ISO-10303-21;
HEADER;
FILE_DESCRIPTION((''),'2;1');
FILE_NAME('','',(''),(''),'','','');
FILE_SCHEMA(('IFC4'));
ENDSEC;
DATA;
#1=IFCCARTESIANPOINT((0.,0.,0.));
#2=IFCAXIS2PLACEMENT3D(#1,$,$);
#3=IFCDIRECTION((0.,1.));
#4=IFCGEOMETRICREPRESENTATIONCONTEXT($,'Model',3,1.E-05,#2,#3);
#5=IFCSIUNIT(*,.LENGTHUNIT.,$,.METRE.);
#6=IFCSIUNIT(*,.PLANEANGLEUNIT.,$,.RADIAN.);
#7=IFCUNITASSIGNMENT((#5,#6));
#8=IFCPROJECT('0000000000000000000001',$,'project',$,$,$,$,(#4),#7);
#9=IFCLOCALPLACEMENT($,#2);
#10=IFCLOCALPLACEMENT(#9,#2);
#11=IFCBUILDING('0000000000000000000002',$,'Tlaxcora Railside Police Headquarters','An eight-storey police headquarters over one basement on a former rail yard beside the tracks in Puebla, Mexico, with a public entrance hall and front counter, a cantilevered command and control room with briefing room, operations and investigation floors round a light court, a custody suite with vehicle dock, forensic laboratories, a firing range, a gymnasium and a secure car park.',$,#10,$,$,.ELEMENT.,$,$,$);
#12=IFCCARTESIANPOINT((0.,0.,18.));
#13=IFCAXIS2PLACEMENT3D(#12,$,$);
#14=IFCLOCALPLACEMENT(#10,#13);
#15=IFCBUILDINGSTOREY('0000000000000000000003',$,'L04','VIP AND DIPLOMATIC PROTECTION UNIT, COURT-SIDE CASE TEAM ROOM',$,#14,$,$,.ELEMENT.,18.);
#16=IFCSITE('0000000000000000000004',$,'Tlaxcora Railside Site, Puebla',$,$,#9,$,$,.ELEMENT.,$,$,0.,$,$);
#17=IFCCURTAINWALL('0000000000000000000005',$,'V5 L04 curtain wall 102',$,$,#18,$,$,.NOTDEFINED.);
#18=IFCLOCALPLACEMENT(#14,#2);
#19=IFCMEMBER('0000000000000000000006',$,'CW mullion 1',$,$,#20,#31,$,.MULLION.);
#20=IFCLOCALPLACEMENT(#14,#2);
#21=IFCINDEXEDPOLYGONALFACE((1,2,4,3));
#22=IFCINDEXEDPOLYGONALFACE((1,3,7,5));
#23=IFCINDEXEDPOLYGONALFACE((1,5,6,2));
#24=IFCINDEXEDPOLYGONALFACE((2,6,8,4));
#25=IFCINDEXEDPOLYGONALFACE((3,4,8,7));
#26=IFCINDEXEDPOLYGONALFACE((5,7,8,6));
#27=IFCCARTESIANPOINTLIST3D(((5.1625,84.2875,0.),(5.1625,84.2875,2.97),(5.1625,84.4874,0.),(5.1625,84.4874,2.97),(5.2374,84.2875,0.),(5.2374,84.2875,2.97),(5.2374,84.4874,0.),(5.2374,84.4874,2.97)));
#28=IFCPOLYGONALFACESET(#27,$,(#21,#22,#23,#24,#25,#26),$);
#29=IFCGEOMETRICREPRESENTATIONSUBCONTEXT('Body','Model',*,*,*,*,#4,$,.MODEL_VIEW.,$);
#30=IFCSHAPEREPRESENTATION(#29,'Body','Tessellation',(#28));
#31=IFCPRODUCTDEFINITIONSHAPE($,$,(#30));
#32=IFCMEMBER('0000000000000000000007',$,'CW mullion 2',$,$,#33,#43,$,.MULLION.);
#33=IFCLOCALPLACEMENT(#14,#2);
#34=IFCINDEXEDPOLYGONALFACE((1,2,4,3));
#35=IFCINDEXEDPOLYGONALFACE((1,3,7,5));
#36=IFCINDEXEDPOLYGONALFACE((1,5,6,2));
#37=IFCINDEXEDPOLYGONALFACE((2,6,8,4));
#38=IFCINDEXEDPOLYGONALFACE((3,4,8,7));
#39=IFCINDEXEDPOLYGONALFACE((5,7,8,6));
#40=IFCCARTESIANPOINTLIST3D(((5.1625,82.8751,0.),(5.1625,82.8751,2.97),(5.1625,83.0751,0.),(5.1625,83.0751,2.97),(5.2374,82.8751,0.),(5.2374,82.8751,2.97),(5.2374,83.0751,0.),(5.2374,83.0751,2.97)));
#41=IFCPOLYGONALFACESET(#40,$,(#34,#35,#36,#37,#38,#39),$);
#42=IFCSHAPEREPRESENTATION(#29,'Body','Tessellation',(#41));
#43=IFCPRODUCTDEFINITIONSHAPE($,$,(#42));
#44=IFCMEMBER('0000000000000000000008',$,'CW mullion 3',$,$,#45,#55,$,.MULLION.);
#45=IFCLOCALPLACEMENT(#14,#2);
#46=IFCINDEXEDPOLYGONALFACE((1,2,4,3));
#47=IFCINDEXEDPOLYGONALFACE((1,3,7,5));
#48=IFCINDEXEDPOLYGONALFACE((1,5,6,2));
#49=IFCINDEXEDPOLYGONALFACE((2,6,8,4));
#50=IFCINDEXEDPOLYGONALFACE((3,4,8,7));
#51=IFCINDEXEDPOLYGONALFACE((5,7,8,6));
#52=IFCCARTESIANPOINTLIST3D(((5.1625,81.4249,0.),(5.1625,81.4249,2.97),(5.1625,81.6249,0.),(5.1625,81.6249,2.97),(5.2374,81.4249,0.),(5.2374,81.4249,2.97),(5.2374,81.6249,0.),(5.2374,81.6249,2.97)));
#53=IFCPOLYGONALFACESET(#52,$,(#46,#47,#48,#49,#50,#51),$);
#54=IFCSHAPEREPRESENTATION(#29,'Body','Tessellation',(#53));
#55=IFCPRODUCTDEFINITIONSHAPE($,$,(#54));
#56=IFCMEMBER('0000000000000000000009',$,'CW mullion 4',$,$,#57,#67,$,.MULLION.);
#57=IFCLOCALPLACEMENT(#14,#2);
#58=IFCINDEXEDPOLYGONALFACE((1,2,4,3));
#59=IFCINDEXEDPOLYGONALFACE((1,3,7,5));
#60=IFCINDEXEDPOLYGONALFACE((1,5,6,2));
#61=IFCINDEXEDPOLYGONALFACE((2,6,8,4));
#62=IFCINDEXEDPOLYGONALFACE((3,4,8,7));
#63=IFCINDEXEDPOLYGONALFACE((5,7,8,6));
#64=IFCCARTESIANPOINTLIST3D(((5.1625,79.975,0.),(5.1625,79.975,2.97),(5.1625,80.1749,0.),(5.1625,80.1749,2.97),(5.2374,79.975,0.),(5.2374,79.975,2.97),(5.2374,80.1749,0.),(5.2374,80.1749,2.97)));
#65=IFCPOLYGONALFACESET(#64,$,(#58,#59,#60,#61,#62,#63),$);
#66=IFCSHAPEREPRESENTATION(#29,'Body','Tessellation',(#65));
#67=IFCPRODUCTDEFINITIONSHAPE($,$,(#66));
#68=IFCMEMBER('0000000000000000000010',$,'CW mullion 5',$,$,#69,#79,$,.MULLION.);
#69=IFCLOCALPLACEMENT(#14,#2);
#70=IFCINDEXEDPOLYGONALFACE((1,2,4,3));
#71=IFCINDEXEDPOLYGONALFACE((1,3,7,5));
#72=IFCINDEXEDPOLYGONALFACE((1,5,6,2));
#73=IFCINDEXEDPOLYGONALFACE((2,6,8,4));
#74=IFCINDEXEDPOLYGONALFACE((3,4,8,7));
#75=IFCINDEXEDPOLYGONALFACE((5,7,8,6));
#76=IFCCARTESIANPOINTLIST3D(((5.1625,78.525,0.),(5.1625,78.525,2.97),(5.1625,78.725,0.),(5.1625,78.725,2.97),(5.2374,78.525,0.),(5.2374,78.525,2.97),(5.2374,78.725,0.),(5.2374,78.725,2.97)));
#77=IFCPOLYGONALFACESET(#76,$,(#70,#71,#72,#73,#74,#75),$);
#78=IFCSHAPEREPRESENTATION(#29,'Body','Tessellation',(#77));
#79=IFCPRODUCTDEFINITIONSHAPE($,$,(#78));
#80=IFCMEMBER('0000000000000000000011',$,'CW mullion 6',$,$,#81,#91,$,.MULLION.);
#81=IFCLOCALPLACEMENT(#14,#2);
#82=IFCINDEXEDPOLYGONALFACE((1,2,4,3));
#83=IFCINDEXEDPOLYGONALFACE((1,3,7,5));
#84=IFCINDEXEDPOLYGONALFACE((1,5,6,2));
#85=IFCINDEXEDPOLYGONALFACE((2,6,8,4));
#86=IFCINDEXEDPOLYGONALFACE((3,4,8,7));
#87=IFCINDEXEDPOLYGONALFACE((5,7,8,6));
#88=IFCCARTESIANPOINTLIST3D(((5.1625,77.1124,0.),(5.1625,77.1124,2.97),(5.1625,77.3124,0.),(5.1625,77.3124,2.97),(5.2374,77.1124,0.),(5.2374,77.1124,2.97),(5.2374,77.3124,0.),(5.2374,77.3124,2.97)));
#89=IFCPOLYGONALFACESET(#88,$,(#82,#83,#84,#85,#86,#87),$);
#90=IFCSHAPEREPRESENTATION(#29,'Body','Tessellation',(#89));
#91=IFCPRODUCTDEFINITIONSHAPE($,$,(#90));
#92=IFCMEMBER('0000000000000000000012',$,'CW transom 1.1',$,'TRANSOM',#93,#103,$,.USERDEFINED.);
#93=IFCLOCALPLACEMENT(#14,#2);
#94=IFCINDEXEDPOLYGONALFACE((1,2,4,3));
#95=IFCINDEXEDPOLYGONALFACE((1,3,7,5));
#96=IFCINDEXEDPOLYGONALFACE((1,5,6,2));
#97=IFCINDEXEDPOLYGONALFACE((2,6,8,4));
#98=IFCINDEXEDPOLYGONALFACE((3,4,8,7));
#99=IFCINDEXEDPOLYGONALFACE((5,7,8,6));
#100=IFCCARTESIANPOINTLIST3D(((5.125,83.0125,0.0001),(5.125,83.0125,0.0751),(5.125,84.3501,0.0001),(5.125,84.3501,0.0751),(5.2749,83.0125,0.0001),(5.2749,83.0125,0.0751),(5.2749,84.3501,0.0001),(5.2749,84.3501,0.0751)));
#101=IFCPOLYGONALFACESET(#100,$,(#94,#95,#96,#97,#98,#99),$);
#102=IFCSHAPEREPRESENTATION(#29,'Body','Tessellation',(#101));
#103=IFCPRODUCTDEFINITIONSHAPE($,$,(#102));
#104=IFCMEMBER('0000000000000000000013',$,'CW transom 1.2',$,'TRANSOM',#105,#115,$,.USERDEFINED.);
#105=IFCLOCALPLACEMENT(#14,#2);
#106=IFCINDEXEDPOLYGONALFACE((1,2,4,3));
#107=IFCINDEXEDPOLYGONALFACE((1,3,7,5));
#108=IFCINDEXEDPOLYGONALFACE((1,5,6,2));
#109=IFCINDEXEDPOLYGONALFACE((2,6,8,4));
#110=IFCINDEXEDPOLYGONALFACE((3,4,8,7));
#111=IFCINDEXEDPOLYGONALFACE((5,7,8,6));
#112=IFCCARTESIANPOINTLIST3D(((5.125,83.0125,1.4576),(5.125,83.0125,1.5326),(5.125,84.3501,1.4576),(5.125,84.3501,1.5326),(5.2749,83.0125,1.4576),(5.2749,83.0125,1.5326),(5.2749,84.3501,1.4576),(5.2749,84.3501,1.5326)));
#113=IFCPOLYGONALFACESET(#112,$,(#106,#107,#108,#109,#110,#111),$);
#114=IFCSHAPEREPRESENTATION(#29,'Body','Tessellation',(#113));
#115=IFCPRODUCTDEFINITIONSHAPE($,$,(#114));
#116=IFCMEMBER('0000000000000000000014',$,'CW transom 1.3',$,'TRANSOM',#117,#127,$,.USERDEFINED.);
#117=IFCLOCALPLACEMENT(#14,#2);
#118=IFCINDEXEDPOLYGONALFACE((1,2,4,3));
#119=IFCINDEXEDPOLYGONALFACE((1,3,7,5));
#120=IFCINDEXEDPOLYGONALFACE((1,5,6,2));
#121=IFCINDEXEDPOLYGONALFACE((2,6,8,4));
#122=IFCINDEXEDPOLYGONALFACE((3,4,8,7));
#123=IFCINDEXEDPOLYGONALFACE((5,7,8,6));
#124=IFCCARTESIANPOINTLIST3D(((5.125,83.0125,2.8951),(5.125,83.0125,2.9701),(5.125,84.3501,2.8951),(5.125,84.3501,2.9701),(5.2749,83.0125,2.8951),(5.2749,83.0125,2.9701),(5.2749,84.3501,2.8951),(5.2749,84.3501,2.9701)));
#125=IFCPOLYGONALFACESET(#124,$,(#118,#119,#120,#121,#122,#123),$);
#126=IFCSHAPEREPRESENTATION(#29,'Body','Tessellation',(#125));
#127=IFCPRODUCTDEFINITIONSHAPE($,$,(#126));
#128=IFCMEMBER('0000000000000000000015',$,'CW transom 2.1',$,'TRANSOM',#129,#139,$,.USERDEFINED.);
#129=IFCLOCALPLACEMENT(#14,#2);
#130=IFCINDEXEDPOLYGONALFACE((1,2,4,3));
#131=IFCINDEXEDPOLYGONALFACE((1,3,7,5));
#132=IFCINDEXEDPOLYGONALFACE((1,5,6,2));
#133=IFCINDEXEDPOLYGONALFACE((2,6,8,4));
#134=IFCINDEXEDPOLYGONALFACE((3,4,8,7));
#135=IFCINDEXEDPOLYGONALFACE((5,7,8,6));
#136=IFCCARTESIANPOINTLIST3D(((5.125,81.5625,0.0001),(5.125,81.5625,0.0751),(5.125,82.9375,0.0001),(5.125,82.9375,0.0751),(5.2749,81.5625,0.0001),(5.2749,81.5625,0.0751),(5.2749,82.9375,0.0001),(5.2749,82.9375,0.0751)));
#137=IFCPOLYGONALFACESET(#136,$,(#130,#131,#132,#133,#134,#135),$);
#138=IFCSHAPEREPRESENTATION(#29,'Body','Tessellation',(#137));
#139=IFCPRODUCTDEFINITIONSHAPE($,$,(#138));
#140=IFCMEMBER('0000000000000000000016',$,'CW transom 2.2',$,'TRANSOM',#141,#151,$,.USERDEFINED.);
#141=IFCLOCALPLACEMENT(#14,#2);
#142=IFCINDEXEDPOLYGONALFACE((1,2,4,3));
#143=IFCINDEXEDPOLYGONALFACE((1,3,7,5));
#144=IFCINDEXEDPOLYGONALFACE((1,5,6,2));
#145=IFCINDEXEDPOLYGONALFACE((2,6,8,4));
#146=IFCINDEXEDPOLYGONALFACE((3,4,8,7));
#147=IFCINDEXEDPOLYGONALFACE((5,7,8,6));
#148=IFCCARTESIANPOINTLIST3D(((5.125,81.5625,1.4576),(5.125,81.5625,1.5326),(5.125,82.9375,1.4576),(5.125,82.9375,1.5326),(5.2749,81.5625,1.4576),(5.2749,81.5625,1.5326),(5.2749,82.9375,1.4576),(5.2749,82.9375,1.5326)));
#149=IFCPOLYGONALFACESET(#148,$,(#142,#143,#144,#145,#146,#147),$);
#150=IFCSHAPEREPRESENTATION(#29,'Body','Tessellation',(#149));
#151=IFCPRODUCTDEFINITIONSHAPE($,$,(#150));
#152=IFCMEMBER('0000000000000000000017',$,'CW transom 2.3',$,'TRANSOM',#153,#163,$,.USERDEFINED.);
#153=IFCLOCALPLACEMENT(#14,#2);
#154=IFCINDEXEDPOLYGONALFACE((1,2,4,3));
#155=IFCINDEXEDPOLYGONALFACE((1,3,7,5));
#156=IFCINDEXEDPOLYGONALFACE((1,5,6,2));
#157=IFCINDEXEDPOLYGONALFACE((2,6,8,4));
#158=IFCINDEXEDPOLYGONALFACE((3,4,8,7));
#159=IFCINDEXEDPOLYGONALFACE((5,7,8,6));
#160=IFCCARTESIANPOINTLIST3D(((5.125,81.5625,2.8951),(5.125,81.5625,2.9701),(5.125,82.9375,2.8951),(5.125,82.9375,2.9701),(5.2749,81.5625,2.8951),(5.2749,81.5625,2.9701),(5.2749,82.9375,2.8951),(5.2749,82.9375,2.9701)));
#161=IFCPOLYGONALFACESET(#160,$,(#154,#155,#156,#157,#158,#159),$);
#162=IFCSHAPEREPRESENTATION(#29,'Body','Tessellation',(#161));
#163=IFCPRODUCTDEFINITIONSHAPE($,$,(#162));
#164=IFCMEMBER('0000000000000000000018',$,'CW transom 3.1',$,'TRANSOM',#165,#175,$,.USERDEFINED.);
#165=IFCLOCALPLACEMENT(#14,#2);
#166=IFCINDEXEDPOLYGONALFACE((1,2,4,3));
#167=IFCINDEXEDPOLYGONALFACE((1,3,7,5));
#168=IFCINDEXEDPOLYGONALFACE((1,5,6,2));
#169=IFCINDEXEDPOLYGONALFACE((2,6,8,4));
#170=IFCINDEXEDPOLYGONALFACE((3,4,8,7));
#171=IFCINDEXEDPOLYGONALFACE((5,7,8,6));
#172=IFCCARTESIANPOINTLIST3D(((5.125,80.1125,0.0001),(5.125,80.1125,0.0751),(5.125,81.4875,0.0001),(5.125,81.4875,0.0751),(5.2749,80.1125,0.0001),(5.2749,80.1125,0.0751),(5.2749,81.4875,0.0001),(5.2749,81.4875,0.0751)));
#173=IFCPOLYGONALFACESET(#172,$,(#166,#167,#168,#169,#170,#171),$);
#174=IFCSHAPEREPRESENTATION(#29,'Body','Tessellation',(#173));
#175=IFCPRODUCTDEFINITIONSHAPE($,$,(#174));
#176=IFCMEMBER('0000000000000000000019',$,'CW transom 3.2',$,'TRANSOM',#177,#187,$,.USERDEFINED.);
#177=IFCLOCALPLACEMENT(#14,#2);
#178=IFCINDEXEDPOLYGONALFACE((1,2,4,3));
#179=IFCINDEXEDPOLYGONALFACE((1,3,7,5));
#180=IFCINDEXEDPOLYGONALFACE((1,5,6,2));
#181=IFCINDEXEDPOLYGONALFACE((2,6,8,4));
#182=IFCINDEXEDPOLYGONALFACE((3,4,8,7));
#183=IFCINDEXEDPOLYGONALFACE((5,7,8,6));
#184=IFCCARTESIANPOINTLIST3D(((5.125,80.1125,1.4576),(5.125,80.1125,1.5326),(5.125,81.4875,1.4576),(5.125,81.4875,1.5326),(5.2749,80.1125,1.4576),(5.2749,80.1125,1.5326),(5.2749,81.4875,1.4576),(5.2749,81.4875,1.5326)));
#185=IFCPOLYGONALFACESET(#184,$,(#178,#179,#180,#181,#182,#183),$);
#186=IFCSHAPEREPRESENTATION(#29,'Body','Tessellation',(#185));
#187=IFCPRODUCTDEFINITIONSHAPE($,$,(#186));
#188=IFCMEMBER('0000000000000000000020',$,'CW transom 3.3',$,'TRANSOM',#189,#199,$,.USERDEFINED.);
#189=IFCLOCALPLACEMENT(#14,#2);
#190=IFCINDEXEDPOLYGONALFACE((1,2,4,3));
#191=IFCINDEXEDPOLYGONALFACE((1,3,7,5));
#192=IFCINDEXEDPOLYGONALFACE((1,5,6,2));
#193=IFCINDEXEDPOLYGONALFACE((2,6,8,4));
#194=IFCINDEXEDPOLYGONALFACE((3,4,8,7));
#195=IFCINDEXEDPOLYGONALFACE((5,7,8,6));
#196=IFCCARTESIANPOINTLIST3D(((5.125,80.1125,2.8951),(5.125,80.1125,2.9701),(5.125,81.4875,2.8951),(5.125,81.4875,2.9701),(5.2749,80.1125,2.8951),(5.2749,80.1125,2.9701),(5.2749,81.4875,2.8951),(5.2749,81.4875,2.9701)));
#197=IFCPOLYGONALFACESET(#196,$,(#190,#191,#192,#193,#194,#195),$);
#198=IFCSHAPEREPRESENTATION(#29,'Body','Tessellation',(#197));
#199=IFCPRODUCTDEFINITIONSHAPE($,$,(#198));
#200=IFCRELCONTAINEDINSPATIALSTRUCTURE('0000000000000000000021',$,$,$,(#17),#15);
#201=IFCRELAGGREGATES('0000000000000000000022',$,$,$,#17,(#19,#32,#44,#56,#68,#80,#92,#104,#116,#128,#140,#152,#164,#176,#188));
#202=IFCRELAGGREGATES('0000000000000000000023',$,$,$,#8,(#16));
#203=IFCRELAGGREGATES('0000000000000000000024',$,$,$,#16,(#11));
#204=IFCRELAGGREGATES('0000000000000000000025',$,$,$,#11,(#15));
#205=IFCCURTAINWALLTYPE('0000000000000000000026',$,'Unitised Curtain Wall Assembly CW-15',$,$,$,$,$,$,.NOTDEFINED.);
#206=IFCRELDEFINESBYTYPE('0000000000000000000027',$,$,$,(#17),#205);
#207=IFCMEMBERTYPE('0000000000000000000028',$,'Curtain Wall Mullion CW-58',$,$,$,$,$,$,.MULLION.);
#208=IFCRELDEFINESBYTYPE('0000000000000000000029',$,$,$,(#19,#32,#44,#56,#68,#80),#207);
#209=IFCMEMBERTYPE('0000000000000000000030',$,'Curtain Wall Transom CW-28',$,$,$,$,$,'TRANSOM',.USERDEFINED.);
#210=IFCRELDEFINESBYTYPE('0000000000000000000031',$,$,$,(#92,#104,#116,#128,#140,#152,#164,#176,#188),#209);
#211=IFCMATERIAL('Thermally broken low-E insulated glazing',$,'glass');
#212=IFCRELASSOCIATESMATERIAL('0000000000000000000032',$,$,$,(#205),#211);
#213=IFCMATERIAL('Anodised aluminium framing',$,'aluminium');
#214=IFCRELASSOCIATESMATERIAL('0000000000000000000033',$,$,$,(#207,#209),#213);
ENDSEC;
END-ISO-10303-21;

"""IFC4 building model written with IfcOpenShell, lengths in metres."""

from ifc_helpers import new_model, si_unit, direction, frame, origin, origin_2d, place, context, subcontext, project, spatial, rectangle, extrude, material, material_profile, profile_set, type_object, element, aggregate, save


model = new_model("IFC4")

# Units and contexts
model_context = context("Model", 3, precision=1e-05, world=origin(), true_north=direction((0.0, 1.0)))
body_context = subcontext(model_context, "Body", "Model", "MODEL_VIEW")
ifc_project = project(units=[si_unit("LENGTHUNIT", "METRE"), si_unit("PLANEANGLEUNIT", "RADIAN")], contexts=[model_context])

# Site, building, storey
site_placement = place(None, origin())
site = spatial("IfcSite", under=ifc_project, at=site_placement, Name="Tlaxcora Railside Site, Puebla", CompositionType="ELEMENT", RefElevation=0.0)
building_placement = place(site_placement, origin())
building = spatial("IfcBuilding", under=site, at=building_placement, Name="Tlaxcora Railside Police Headquarters", Description="An eight-storey police headquarters over one basement on a former rail yard beside the tracks in Puebla, Mexico, with a public entrance hall and front counter, a cantilevered command and control room with briefing room, operations and investigation floors round a light court, a custody suite with vehicle dock, forensic laboratories, a firing range, a gymnasium and a secure car park.", CompositionType="ELEMENT")
storey_placement = place(building_placement, frame((0.0, 0.0, 18.0)))
storey = spatial("IfcBuildingStorey", under=building, at=storey_placement, Name="L04", Description="VIP AND DIPLOMATIC PROTECTION UNIT, COURT-SIDE CASE TEAM ROOM", CompositionType="ELEMENT", Elevation=18.0)

# Curtain wall, members
ifc_material_1 = material(Name="Thermally broken low-E insulated glazing", Category="glass")
curtain_wall_type = type_object("IfcCurtainWallType", Name="Unitised Curtain Wall Assembly CW-15", PredefinedType="NOTDEFINED", material=ifc_material_1)
curtain_wall_placement = place(storey_placement, origin())
curtain_wall = element("IfcCurtainWall", 1, at=curtain_wall_placement, inside=storey, type_object=curtain_wall_type, Name="V5 L04 curtain wall 102", PredefinedType="NOTDEFINED")
ifc_material_2 = material(Name="Anodised aluminium framing", Category="aluminium")
ifc_material_profile_1 = material_profile(ifc_material_2, rectangle(XDim=0.075, YDim=0.2, at=origin_2d()), Name="AL75X200")
ifc_profile_set_1 = profile_set([ifc_material_profile_1], Name="Anodised aluminium framing")
member_type_1 = type_object("IfcMemberType", Name="Curtain Wall Mullion CW-58", PredefinedType="MULLION", material=ifc_profile_set_1)
member_1_placement = place(storey_placement, frame((5.2, 84.3875, 0.0), z_axis=(0.0, 0.0, 1.0), x_axis=(1.0, 0.0, 0.0)))
member_1 = element("IfcMember", 2, at=member_1_placement, type_object=member_type_1, Name="CW mullion 1", PredefinedType="MULLION", context=body_context, shape_type="SweptSolid", body=[
    extrude(rectangle(XDim=0.075, YDim=0.2, at=origin_2d()), origin(), (0.0, 0.0, 1.0), 2.97),
])
member_2_placement = place(storey_placement, frame((5.2, 82.9751, 0.0), z_axis=(0.0, 0.0, 1.0), x_axis=(1.0, 0.0, 0.0)))
member_2 = element("IfcMember", 3, at=member_2_placement, type_object=member_type_1, Name="CW mullion 2", PredefinedType="MULLION", context=body_context, shape_type="SweptSolid", body=[
    extrude(rectangle(XDim=0.075, YDim=0.2, at=origin_2d()), origin(), (0.0, 0.0, 1.0), 2.97),
])
member_3_placement = place(storey_placement, frame((5.2, 81.5249, 0.0), z_axis=(0.0, 0.0, 1.0), x_axis=(1.0, 0.0, 0.0)))
member_3 = element("IfcMember", 4, at=member_3_placement, type_object=member_type_1, Name="CW mullion 3", PredefinedType="MULLION", context=body_context, shape_type="SweptSolid", body=[
    extrude(rectangle(XDim=0.075, YDim=0.2, at=origin_2d()), origin(), (0.0, 0.0, 1.0), 2.97),
])
member_4_placement = place(storey_placement, frame((5.2, 80.075, 0.0), z_axis=(0.0, 0.0, 1.0), x_axis=(1.0, 0.0, 0.0)))
member_4 = element("IfcMember", 5, at=member_4_placement, type_object=member_type_1, Name="CW mullion 4", PredefinedType="MULLION", context=body_context, shape_type="SweptSolid", body=[
    extrude(rectangle(XDim=0.075, YDim=0.2, at=origin_2d()), origin(), (0.0, 0.0, 1.0), 2.97),
])
member_5_placement = place(storey_placement, frame((5.2, 78.625, 0.0), z_axis=(0.0, 0.0, 1.0), x_axis=(1.0, 0.0, 0.0)))
member_5 = element("IfcMember", 6, at=member_5_placement, type_object=member_type_1, Name="CW mullion 5", PredefinedType="MULLION", context=body_context, shape_type="SweptSolid", body=[
    extrude(rectangle(XDim=0.075, YDim=0.2, at=origin_2d()), origin(), (0.0, 0.0, 1.0), 2.97),
])
member_6_placement = place(storey_placement, frame((5.2, 77.2124, 0.0), z_axis=(0.0, 0.0, 1.0), x_axis=(1.0, 0.0, 0.0)))
member_6 = element("IfcMember", 7, at=member_6_placement, type_object=member_type_1, Name="CW mullion 6", PredefinedType="MULLION", context=body_context, shape_type="SweptSolid", body=[
    extrude(rectangle(XDim=0.075, YDim=0.2, at=origin_2d()), origin(), (0.0, 0.0, 1.0), 2.97),
])
ifc_material_profile_2 = material_profile(ifc_material_2, rectangle(XDim=0.1499, YDim=0.075, at=origin_2d()), Name="AL75X150")
ifc_profile_set_2 = profile_set([ifc_material_profile_2], Name="Anodised aluminium framing")
member_type_2 = type_object("IfcMemberType", Name="Curtain Wall Transom CW-28", ElementType="TRANSOM", PredefinedType="USERDEFINED", material=ifc_profile_set_2)
member_7_placement = place(storey_placement, frame((5.2, 84.3501, 0.0376), z_axis=(0.0, -1.0, 0.0), x_axis=(1.0, 0.0, 0.0)))
member_7 = element("IfcMember", 8, at=member_7_placement, type_object=member_type_2, Name="CW transom 1.1", ObjectType="TRANSOM", PredefinedType="USERDEFINED", context=body_context, shape_type="SweptSolid", body=[
    extrude(rectangle(XDim=0.1499, YDim=0.075, at=origin_2d()), origin(), (0.0, 0.0, 1.0), 1.3376),
])
member_8_placement = place(storey_placement, frame((5.2, 84.3501, 1.4951), z_axis=(0.0, -1.0, 0.0), x_axis=(1.0, 0.0, 0.0)))
member_8 = element("IfcMember", 9, at=member_8_placement, type_object=member_type_2, Name="CW transom 1.2", ObjectType="TRANSOM", PredefinedType="USERDEFINED", context=body_context, shape_type="SweptSolid", body=[
    extrude(rectangle(XDim=0.1499, YDim=0.075, at=origin_2d()), origin(), (0.0, 0.0, 1.0), 1.3376),
])
member_9_placement = place(storey_placement, frame((5.2, 84.3501, 2.9326), z_axis=(0.0, -1.0, 0.0), x_axis=(1.0, 0.0, 0.0)))
member_9 = element("IfcMember", 10, at=member_9_placement, type_object=member_type_2, Name="CW transom 1.3", ObjectType="TRANSOM", PredefinedType="USERDEFINED", context=body_context, shape_type="SweptSolid", body=[
    extrude(rectangle(XDim=0.1499, YDim=0.075, at=origin_2d()), origin(), (0.0, 0.0, 1.0), 1.3376),
])
member_10_placement = place(storey_placement, frame((5.2, 82.9375, 0.0376), z_axis=(0.0, -1.0, 0.0), x_axis=(1.0, 0.0, 0.0)))
member_10 = element("IfcMember", 11, at=member_10_placement, type_object=member_type_2, Name="CW transom 2.1", ObjectType="TRANSOM", PredefinedType="USERDEFINED", context=body_context, shape_type="SweptSolid", body=[
    extrude(rectangle(XDim=0.1499, YDim=0.075, at=origin_2d()), origin(), (0.0, 0.0, 1.0), 1.375),
])
member_11_placement = place(storey_placement, frame((5.2, 82.9375, 1.4951), z_axis=(0.0, -1.0, 0.0), x_axis=(1.0, 0.0, 0.0)))
member_11 = element("IfcMember", 12, at=member_11_placement, type_object=member_type_2, Name="CW transom 2.2", ObjectType="TRANSOM", PredefinedType="USERDEFINED", context=body_context, shape_type="SweptSolid", body=[
    extrude(rectangle(XDim=0.1499, YDim=0.075, at=origin_2d()), origin(), (0.0, 0.0, 1.0), 1.375),
])
member_12_placement = place(storey_placement, frame((5.2, 82.9375, 2.9326), z_axis=(0.0, -1.0, 0.0), x_axis=(1.0, 0.0, 0.0)))
member_12 = element("IfcMember", 13, at=member_12_placement, type_object=member_type_2, Name="CW transom 2.3", ObjectType="TRANSOM", PredefinedType="USERDEFINED", context=body_context, shape_type="SweptSolid", body=[
    extrude(rectangle(XDim=0.1499, YDim=0.075, at=origin_2d()), origin(), (0.0, 0.0, 1.0), 1.375),
])
member_13_placement = place(storey_placement, frame((5.2, 81.4875, 0.0376), z_axis=(0.0, -1.0, 0.0), x_axis=(1.0, 0.0, 0.0)))
member_13 = element("IfcMember", 14, at=member_13_placement, type_object=member_type_2, Name="CW transom 3.1", ObjectType="TRANSOM", PredefinedType="USERDEFINED", context=body_context, shape_type="SweptSolid", body=[
    extrude(rectangle(XDim=0.1499, YDim=0.075, at=origin_2d()), origin(), (0.0, 0.0, 1.0), 1.375),
])
member_14_placement = place(storey_placement, frame((5.2, 81.4875, 1.4951), z_axis=(0.0, -1.0, 0.0), x_axis=(1.0, 0.0, 0.0)))
member_14 = element("IfcMember", 15, at=member_14_placement, type_object=member_type_2, Name="CW transom 3.2", ObjectType="TRANSOM", PredefinedType="USERDEFINED", context=body_context, shape_type="SweptSolid", body=[
    extrude(rectangle(XDim=0.1499, YDim=0.075, at=origin_2d()), origin(), (0.0, 0.0, 1.0), 1.375),
])
member_15_placement = place(storey_placement, frame((5.2, 81.4875, 2.9326), z_axis=(0.0, -1.0, 0.0), x_axis=(1.0, 0.0, 0.0)))
member_15 = element("IfcMember", 16, at=member_15_placement, type_object=member_type_2, Name="CW transom 3.3", ObjectType="TRANSOM", PredefinedType="USERDEFINED", context=body_context, shape_type="SweptSolid", body=[
    extrude(rectangle(XDim=0.1499, YDim=0.075, at=origin_2d()), origin(), (0.0, 0.0, 1.0), 1.375),
])

aggregate(curtain_wall, [member_1, member_2, member_3, member_4, member_5, member_6, member_7, member_8, member_9, member_10, member_11, member_12, member_13, member_14, member_15])

save(model, "model.ifc")
